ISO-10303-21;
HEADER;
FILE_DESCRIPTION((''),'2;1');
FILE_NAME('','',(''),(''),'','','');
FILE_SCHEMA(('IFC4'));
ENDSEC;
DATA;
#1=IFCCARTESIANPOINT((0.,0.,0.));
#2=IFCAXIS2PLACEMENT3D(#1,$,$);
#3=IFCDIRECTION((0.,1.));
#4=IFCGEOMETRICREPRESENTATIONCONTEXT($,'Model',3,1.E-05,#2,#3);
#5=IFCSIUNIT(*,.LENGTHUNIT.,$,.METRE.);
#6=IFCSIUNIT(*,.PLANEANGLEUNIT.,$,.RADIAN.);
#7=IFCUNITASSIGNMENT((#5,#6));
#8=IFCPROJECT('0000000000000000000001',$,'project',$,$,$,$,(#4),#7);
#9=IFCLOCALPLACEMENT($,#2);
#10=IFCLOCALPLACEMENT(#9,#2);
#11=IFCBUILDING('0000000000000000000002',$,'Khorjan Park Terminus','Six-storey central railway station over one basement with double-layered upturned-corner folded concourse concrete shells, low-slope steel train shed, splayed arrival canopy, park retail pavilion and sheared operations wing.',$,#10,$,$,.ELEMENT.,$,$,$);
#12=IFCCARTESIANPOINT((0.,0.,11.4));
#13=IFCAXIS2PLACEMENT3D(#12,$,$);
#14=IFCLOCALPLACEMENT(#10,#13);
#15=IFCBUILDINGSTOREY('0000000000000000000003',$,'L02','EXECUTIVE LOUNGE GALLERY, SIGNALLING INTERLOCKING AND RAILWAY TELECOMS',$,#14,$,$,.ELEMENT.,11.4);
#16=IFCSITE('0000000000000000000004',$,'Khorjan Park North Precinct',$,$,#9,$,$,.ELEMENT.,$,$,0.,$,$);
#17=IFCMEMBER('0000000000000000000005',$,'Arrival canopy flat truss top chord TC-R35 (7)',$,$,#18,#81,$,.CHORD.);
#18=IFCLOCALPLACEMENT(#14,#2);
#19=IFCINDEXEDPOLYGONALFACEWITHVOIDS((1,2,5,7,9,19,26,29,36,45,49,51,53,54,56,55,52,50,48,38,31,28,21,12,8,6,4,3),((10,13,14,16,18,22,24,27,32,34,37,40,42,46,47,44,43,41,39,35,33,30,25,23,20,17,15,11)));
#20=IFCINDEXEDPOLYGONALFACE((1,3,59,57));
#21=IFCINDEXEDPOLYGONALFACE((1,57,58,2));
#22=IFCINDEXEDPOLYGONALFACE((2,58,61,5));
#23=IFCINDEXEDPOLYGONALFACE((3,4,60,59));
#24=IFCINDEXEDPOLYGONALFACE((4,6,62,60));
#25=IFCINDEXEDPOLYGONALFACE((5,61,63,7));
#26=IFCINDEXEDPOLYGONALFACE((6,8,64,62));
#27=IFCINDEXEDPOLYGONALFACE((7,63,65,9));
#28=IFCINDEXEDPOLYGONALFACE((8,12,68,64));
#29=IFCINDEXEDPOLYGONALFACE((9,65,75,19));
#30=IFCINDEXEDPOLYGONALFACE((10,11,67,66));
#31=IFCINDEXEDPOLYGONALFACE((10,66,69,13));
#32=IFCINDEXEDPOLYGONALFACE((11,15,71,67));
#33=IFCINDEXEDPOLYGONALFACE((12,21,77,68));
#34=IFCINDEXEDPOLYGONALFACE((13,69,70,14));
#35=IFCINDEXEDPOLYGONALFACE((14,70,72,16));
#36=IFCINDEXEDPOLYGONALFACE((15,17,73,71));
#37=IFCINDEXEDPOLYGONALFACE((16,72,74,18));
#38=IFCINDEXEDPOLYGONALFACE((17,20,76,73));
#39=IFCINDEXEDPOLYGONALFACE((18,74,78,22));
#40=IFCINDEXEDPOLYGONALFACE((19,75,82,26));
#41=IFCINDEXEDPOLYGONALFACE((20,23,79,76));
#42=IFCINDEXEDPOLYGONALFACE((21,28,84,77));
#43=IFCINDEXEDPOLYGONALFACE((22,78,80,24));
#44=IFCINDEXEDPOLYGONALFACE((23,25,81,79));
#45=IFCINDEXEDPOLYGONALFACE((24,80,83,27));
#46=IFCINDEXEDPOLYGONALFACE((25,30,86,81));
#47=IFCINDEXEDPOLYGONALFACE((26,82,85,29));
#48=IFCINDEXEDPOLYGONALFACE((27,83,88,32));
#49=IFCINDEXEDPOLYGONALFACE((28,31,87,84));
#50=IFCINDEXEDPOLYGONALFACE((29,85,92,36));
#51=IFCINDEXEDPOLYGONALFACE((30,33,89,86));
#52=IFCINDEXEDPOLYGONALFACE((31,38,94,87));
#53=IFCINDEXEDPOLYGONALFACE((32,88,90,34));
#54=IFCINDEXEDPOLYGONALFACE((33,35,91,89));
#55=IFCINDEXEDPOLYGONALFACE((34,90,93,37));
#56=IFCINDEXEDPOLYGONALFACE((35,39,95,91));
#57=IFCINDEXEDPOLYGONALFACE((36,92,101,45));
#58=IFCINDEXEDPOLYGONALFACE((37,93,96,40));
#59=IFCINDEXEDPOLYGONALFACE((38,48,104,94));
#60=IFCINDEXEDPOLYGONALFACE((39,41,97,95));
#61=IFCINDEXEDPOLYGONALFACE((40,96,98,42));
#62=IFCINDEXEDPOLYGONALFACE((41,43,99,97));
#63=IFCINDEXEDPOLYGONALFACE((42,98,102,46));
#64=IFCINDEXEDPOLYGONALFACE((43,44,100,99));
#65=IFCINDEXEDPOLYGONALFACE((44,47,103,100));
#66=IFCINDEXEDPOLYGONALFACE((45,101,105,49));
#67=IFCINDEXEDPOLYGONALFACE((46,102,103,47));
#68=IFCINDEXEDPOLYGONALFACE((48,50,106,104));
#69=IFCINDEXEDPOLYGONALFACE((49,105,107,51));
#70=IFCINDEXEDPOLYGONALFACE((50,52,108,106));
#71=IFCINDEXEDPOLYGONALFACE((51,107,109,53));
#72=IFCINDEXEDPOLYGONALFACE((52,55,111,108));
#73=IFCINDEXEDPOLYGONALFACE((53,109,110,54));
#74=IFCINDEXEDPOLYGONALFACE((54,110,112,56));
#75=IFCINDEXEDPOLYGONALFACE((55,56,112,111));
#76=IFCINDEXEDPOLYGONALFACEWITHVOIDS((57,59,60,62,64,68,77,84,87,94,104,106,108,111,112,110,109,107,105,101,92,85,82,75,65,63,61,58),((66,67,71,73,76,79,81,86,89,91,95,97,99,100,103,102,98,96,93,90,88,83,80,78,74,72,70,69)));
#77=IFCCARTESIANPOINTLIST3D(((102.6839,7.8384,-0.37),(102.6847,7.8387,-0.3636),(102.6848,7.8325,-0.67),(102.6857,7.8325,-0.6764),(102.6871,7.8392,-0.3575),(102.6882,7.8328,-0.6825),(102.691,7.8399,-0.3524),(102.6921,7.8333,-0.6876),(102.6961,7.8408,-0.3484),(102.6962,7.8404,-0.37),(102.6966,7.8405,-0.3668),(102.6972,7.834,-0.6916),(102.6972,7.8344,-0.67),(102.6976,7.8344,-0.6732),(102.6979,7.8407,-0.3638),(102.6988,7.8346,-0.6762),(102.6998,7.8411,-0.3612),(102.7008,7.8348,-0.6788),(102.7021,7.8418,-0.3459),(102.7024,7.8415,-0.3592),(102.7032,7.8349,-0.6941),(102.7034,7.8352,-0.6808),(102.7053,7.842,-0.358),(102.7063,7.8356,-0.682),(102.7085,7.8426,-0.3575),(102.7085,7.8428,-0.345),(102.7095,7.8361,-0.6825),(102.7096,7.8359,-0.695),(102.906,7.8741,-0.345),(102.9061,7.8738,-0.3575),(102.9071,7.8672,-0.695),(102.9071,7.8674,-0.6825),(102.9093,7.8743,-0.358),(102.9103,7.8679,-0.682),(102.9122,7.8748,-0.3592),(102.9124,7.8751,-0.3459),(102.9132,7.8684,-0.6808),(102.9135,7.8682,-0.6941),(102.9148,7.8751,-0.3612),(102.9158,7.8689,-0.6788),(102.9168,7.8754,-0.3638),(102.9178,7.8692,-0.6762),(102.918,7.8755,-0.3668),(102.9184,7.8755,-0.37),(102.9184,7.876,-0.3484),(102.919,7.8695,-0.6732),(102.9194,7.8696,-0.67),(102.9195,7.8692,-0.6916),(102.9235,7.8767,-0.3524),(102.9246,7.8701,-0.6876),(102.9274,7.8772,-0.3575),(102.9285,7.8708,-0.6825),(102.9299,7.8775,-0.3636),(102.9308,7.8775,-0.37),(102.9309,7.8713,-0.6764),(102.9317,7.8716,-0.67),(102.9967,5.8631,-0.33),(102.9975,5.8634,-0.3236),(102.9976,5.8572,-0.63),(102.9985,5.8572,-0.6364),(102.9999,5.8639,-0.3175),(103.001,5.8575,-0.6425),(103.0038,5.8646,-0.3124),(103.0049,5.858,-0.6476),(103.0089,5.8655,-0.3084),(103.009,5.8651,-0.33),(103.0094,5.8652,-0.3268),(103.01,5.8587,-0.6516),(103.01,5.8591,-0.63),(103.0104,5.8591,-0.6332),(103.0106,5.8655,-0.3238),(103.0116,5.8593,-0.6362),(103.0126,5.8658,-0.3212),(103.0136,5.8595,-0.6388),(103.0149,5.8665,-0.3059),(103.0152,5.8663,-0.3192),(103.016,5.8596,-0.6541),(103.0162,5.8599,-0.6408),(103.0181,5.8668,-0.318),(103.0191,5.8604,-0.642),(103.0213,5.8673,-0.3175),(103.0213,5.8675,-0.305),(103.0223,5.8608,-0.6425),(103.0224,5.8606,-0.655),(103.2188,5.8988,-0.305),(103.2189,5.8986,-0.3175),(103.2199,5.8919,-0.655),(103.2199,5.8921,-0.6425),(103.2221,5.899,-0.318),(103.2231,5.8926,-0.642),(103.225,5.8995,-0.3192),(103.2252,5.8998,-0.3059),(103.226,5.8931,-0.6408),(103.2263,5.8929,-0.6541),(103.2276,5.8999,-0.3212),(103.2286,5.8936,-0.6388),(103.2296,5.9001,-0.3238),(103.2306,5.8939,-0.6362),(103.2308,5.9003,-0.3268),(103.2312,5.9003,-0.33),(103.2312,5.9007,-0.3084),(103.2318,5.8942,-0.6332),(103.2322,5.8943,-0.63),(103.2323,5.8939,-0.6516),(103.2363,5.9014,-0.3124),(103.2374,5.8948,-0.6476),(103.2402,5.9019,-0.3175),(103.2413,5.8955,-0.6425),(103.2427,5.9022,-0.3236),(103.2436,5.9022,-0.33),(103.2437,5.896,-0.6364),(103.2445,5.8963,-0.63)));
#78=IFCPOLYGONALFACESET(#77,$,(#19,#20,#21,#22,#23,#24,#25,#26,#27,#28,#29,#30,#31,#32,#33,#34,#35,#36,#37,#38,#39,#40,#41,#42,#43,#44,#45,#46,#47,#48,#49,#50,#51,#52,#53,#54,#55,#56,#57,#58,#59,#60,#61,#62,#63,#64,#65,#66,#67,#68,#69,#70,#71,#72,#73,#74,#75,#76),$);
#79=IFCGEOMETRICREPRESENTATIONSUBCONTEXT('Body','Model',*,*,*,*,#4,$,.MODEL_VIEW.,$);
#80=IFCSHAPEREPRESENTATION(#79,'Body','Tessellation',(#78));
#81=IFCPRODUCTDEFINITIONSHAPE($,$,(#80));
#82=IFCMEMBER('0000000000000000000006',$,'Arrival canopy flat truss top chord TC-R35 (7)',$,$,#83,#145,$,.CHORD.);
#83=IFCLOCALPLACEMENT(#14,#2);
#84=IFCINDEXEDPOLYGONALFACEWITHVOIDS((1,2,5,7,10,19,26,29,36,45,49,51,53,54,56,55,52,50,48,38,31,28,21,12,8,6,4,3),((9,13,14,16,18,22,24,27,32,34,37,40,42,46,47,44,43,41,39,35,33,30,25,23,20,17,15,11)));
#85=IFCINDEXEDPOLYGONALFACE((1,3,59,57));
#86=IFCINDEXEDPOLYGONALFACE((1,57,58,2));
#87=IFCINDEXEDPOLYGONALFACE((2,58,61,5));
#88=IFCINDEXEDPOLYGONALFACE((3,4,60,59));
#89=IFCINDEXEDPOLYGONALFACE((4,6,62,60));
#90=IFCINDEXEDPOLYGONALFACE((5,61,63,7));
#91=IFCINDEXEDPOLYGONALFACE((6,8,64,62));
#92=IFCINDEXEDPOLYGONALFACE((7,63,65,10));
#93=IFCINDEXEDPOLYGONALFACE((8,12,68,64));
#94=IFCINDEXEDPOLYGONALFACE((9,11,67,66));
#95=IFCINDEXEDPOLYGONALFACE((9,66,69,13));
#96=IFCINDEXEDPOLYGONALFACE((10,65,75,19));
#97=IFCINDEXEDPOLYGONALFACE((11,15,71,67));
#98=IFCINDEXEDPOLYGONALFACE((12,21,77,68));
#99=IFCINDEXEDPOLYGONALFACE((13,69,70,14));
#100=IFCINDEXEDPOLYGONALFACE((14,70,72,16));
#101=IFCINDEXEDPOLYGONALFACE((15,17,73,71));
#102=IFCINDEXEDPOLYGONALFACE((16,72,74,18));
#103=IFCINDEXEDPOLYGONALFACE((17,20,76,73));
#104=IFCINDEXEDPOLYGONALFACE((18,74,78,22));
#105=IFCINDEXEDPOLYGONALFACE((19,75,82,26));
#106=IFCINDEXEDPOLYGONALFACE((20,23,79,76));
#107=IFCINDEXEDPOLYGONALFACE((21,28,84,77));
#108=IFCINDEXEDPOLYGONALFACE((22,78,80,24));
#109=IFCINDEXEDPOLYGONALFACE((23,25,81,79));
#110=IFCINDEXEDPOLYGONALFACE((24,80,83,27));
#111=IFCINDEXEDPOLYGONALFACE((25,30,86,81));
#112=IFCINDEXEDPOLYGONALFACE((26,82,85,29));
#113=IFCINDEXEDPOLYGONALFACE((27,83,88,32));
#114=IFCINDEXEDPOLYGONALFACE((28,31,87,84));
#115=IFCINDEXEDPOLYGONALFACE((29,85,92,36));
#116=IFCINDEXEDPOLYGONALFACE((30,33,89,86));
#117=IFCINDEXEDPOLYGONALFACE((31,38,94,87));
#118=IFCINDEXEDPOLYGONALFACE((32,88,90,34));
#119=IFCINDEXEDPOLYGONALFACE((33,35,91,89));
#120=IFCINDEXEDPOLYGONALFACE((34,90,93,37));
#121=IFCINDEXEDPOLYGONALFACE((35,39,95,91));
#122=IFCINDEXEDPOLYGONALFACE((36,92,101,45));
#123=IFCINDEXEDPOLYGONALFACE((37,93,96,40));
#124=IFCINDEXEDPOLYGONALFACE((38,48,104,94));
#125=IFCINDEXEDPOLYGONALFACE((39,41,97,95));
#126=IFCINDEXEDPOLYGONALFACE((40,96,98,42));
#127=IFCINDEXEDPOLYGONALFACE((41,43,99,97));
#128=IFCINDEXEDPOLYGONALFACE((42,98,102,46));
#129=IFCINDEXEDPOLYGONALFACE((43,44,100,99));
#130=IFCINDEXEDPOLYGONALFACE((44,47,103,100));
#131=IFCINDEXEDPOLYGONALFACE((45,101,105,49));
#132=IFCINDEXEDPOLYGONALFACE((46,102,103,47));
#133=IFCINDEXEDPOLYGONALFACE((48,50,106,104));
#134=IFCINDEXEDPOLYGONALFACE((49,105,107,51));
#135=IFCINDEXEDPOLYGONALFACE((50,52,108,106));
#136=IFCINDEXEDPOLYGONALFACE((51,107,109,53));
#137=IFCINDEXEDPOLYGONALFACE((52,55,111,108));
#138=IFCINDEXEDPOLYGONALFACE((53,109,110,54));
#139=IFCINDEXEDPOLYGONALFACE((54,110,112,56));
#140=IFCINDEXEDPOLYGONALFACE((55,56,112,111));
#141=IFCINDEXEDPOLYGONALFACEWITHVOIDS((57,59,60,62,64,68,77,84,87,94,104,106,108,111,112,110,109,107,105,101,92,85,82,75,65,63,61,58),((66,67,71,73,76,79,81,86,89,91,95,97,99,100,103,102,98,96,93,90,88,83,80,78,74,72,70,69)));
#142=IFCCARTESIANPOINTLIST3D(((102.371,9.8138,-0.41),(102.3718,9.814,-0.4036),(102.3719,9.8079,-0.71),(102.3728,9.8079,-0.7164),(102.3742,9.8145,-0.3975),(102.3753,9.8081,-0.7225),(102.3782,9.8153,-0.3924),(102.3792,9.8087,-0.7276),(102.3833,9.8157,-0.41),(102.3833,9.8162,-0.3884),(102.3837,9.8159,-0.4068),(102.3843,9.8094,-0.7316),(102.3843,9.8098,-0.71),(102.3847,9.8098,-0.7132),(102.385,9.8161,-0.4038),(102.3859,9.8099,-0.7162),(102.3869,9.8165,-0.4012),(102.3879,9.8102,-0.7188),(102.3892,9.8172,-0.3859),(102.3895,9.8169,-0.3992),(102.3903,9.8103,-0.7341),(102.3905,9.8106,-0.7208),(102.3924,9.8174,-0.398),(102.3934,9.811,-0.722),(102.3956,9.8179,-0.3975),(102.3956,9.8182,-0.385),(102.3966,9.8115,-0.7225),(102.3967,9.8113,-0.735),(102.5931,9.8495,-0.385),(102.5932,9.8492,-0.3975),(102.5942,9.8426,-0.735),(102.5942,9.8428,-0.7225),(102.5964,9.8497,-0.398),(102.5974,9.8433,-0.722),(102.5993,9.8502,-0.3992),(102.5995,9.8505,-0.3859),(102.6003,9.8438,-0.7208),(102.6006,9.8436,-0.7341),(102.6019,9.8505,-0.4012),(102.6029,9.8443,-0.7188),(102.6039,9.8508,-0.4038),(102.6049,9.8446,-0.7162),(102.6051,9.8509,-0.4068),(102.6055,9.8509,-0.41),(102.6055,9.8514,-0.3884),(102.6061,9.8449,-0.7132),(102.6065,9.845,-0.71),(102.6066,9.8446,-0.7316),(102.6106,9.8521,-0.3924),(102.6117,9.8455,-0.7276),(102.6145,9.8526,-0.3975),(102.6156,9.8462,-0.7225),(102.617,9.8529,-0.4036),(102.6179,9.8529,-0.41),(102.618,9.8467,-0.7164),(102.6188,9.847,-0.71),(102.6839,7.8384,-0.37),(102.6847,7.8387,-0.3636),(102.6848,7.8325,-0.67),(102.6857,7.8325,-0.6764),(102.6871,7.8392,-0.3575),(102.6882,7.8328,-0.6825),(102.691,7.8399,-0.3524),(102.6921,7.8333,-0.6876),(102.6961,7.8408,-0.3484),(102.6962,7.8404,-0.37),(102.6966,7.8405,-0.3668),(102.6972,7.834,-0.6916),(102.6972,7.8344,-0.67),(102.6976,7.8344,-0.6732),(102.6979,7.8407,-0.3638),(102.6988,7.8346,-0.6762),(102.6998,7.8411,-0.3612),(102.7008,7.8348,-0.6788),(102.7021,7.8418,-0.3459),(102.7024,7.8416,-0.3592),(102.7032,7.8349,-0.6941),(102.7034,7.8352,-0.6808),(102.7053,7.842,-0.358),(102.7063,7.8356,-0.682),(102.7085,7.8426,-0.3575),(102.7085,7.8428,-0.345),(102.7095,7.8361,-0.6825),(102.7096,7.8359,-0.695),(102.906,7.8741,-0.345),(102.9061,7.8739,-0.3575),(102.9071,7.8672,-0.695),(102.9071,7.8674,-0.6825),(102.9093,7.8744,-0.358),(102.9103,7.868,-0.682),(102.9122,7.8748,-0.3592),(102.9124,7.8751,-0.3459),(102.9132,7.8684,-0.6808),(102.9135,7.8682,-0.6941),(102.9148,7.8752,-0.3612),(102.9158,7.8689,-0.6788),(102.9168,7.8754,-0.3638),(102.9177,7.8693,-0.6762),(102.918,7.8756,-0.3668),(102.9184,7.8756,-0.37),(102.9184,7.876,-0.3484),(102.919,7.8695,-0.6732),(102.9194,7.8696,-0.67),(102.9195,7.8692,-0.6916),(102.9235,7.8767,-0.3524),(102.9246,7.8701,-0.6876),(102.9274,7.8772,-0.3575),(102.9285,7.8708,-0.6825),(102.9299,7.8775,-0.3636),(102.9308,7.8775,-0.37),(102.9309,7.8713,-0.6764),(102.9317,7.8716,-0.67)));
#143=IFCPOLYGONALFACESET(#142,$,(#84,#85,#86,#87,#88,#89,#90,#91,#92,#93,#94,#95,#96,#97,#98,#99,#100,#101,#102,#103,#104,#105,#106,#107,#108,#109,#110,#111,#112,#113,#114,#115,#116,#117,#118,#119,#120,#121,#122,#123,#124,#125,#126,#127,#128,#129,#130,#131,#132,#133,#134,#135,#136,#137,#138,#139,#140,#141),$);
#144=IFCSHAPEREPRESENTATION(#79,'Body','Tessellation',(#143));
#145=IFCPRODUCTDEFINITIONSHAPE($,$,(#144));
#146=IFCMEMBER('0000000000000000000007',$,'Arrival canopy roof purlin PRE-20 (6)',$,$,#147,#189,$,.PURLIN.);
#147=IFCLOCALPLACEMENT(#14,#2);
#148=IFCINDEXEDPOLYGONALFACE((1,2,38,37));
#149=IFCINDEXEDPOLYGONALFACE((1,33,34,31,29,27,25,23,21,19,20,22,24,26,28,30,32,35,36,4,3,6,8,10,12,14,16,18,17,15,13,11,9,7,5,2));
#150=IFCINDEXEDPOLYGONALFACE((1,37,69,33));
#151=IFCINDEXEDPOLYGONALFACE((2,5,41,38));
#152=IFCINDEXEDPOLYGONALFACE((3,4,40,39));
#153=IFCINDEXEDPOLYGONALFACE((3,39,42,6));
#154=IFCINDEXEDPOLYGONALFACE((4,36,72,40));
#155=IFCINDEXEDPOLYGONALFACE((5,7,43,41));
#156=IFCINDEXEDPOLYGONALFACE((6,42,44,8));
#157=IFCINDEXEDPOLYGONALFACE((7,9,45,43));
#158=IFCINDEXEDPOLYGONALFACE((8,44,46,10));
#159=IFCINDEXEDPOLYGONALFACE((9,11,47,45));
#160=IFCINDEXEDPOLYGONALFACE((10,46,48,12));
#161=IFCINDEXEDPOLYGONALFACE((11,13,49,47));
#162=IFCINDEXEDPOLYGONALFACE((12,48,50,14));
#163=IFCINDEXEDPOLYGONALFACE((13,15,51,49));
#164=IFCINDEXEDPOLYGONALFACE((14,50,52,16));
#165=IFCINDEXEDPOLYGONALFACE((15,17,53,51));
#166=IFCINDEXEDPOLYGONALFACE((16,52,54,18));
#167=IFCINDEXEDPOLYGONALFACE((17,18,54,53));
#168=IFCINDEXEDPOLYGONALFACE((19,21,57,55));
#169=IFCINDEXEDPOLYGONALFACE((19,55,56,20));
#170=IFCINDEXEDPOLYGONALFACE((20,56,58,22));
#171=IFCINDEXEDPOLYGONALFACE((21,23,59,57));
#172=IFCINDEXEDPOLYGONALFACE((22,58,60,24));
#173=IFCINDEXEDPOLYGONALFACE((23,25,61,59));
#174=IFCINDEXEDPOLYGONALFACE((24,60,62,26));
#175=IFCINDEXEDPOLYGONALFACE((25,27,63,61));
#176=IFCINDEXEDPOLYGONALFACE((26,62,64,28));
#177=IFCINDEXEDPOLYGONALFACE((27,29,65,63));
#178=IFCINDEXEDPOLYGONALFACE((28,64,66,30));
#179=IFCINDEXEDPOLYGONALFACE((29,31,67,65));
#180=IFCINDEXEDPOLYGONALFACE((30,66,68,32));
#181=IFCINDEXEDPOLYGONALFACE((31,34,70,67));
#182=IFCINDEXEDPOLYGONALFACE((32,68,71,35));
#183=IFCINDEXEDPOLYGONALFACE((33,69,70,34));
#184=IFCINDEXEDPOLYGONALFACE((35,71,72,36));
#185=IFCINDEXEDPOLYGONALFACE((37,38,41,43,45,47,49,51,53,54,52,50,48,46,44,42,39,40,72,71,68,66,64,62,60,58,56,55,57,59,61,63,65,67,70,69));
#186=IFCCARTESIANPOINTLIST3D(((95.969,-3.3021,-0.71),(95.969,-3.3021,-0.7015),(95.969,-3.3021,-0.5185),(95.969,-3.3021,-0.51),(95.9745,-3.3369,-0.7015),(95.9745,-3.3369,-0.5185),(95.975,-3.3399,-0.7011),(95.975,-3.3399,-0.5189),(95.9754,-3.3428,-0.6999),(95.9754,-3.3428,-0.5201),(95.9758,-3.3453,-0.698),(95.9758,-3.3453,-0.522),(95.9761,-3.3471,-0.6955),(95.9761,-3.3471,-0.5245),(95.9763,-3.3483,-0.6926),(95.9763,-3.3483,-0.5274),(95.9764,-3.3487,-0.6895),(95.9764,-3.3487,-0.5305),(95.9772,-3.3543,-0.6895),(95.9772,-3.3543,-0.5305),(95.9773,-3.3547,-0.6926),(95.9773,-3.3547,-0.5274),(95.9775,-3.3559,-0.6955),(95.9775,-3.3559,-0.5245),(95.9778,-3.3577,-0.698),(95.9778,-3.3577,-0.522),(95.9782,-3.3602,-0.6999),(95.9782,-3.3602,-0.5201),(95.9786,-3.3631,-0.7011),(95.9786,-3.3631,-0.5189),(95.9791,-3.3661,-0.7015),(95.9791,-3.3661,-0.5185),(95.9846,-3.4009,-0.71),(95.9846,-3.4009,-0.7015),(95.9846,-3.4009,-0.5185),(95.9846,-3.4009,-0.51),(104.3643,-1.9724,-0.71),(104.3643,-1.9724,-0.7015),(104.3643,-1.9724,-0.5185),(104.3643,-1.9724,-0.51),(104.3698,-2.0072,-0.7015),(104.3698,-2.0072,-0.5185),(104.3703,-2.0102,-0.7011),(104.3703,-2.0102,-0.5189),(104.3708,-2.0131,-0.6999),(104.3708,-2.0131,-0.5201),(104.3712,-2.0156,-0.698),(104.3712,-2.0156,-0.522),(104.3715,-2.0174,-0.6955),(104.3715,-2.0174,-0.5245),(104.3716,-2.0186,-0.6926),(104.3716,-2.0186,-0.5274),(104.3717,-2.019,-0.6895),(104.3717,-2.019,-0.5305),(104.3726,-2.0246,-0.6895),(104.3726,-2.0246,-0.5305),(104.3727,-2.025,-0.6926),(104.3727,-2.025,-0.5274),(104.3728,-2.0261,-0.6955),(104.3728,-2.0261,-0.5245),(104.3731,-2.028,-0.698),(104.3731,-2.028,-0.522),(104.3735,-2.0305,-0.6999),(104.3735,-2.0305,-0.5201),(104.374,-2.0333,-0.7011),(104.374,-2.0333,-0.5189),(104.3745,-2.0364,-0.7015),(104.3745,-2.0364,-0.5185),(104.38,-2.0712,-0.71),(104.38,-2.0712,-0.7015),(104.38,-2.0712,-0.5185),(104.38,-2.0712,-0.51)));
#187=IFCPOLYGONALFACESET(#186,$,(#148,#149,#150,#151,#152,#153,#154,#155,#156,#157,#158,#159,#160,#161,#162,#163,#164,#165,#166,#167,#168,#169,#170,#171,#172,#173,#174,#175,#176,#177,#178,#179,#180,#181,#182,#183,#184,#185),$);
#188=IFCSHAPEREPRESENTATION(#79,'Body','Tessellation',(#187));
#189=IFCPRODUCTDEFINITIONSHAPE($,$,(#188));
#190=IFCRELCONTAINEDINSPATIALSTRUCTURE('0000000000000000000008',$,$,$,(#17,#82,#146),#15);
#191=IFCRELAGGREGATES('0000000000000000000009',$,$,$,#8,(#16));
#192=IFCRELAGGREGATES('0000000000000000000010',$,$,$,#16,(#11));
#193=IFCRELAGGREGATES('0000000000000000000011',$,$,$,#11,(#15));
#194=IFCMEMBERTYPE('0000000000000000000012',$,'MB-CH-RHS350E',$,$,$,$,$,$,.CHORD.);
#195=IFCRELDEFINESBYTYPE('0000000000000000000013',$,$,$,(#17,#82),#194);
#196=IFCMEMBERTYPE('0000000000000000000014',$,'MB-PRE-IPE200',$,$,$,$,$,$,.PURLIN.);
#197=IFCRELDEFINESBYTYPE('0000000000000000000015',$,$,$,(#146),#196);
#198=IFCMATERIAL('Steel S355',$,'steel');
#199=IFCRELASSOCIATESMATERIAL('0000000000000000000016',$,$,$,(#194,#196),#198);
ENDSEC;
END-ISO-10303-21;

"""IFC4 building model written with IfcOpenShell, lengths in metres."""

from ifc_helpers import new_model, si_unit, direction, frame, origin, origin_2d, place, context, subcontext, project, spatial, hollow_rectangle, i_section, extrude, material, material_profile, profile_set, type_object, element, save


model = new_model("IFC4")

# Units and contexts
model_context = context("Model", 3, precision=1e-05, world=origin(), true_north=direction((0.0, 1.0)))
body_context = subcontext(model_context, "Body", "Model", "MODEL_VIEW")
ifc_project = project(units=[si_unit("LENGTHUNIT", "METRE"), si_unit("PLANEANGLEUNIT", "RADIAN")], contexts=[model_context])

# Site, building, storey
site_placement = place(None, origin())
site = spatial("IfcSite", under=ifc_project, at=site_placement, Name="Khorjan Park North Precinct", CompositionType="ELEMENT", RefElevation=0.0)
building_placement = place(site_placement, origin())
building = spatial("IfcBuilding", under=site, at=building_placement, Name="Khorjan Park Terminus", Description="Six-storey central railway station over one basement with double-layered upturned-corner folded concourse concrete shells, low-slope steel train shed, splayed arrival canopy, park retail pavilion and sheared operations wing.", CompositionType="ELEMENT")
storey_placement = place(building_placement, frame((0.0, 0.0, 11.4)))
storey = spatial("IfcBuildingStorey", under=building, at=storey_placement, Name="L02", Description="EXECUTIVE LOUNGE GALLERY, SIGNALLING INTERLOCKING AND RAILWAY TELECOMS", CompositionType="ELEMENT", Elevation=11.4)

# Members
ifc_material = material(Name="Steel S355", Category="steel")
ifc_material_profile_1 = material_profile(ifc_material, hollow_rectangle(XDim=0.25, YDim=0.35, WallThickness=0.0125, InnerFilletRadius=0.0125, OuterFilletRadius=0.025, at=origin_2d()), Name="RHS 350x250x12.5")
ifc_profile_set_1 = profile_set([ifc_material_profile_1], Name="Steel S355")
member_type_1 = type_object("IfcMemberType", Name="MB-CH-RHS350E", PredefinedType="CHORD", material=ifc_profile_set_1)
member_1_placement = place(storey_placement, frame((103.1206, 5.8797, -0.48), z_axis=(-0.156375, 0.987495, -0.019997), x_axis=(-0.987693, -0.156407, 0.0)))
element("IfcMember", 1, at=member_1_placement, inside=storey, type_object=member_type_1, Name="Arrival canopy flat truss top chord TC-R35 (7)", PredefinedType="CHORD", context=body_context, shape_type="SweptSolid", body=[
    extrude(hollow_rectangle(XDim=0.25, YDim=0.35, WallThickness=0.0125, InnerFilletRadius=0.0125, OuterFilletRadius=0.025, at=origin_2d()), origin(), (0.0, 0.0, 1.0), 2.0003),
])
member_2_placement = place(storey_placement, frame((102.8078, 7.855, -0.52), z_axis=(-0.156417, 0.987489, -0.019996), x_axis=(-0.987686, -0.156448, 0.0)))
element("IfcMember", 2, at=member_2_placement, inside=storey, type_object=member_type_1, Name="Arrival canopy flat truss top chord TC-R35 (7)", PredefinedType="CHORD", context=body_context, shape_type="SweptSolid", body=[
    extrude(hollow_rectangle(XDim=0.25, YDim=0.35, WallThickness=0.0125, InnerFilletRadius=0.0125, OuterFilletRadius=0.025, at=origin_2d()), origin(), (0.0, 0.0, 1.0), 2.0004),
])
ifc_material_profile_2 = material_profile(ifc_material, i_section(OverallWidth=0.1, OverallDepth=0.2, WebThickness=0.0056, FlangeThickness=0.0085, FilletRadius=0.012, at=origin_2d()), Name="IPE 200")
ifc_profile_set_2 = profile_set([ifc_material_profile_2], Name="Steel S355")
member_type_2 = type_object("IfcMemberType", Name="MB-PRE-IPE200", PredefinedType="PURLIN", material=ifc_profile_set_2)
for number, where, z_axis, x_axis, name in (
    (3, (95.9768, -3.3515, -0.61), (0.987688, 0.156436, 0.0), (-0.156436, 0.987688, 0.0), "Arrival canopy roof purlin PRE-20 (6)"),
):
    element("IfcMember", number, at=place(storey_placement, frame(where, z_axis=z_axis, x_axis=x_axis)), inside=storey, type_object=member_type_2, Name=name, PredefinedType="PURLIN", context=body_context, shape_type="SweptSolid", body=[
        extrude(i_section(OverallWidth=0.1, OverallDepth=0.2, WebThickness=0.0056, FlangeThickness=0.0085, FilletRadius=0.012, at=origin_2d()), origin(), (0.0, 0.0, 1.0), 8.5),
    ])

save(model, "model.ifc")
